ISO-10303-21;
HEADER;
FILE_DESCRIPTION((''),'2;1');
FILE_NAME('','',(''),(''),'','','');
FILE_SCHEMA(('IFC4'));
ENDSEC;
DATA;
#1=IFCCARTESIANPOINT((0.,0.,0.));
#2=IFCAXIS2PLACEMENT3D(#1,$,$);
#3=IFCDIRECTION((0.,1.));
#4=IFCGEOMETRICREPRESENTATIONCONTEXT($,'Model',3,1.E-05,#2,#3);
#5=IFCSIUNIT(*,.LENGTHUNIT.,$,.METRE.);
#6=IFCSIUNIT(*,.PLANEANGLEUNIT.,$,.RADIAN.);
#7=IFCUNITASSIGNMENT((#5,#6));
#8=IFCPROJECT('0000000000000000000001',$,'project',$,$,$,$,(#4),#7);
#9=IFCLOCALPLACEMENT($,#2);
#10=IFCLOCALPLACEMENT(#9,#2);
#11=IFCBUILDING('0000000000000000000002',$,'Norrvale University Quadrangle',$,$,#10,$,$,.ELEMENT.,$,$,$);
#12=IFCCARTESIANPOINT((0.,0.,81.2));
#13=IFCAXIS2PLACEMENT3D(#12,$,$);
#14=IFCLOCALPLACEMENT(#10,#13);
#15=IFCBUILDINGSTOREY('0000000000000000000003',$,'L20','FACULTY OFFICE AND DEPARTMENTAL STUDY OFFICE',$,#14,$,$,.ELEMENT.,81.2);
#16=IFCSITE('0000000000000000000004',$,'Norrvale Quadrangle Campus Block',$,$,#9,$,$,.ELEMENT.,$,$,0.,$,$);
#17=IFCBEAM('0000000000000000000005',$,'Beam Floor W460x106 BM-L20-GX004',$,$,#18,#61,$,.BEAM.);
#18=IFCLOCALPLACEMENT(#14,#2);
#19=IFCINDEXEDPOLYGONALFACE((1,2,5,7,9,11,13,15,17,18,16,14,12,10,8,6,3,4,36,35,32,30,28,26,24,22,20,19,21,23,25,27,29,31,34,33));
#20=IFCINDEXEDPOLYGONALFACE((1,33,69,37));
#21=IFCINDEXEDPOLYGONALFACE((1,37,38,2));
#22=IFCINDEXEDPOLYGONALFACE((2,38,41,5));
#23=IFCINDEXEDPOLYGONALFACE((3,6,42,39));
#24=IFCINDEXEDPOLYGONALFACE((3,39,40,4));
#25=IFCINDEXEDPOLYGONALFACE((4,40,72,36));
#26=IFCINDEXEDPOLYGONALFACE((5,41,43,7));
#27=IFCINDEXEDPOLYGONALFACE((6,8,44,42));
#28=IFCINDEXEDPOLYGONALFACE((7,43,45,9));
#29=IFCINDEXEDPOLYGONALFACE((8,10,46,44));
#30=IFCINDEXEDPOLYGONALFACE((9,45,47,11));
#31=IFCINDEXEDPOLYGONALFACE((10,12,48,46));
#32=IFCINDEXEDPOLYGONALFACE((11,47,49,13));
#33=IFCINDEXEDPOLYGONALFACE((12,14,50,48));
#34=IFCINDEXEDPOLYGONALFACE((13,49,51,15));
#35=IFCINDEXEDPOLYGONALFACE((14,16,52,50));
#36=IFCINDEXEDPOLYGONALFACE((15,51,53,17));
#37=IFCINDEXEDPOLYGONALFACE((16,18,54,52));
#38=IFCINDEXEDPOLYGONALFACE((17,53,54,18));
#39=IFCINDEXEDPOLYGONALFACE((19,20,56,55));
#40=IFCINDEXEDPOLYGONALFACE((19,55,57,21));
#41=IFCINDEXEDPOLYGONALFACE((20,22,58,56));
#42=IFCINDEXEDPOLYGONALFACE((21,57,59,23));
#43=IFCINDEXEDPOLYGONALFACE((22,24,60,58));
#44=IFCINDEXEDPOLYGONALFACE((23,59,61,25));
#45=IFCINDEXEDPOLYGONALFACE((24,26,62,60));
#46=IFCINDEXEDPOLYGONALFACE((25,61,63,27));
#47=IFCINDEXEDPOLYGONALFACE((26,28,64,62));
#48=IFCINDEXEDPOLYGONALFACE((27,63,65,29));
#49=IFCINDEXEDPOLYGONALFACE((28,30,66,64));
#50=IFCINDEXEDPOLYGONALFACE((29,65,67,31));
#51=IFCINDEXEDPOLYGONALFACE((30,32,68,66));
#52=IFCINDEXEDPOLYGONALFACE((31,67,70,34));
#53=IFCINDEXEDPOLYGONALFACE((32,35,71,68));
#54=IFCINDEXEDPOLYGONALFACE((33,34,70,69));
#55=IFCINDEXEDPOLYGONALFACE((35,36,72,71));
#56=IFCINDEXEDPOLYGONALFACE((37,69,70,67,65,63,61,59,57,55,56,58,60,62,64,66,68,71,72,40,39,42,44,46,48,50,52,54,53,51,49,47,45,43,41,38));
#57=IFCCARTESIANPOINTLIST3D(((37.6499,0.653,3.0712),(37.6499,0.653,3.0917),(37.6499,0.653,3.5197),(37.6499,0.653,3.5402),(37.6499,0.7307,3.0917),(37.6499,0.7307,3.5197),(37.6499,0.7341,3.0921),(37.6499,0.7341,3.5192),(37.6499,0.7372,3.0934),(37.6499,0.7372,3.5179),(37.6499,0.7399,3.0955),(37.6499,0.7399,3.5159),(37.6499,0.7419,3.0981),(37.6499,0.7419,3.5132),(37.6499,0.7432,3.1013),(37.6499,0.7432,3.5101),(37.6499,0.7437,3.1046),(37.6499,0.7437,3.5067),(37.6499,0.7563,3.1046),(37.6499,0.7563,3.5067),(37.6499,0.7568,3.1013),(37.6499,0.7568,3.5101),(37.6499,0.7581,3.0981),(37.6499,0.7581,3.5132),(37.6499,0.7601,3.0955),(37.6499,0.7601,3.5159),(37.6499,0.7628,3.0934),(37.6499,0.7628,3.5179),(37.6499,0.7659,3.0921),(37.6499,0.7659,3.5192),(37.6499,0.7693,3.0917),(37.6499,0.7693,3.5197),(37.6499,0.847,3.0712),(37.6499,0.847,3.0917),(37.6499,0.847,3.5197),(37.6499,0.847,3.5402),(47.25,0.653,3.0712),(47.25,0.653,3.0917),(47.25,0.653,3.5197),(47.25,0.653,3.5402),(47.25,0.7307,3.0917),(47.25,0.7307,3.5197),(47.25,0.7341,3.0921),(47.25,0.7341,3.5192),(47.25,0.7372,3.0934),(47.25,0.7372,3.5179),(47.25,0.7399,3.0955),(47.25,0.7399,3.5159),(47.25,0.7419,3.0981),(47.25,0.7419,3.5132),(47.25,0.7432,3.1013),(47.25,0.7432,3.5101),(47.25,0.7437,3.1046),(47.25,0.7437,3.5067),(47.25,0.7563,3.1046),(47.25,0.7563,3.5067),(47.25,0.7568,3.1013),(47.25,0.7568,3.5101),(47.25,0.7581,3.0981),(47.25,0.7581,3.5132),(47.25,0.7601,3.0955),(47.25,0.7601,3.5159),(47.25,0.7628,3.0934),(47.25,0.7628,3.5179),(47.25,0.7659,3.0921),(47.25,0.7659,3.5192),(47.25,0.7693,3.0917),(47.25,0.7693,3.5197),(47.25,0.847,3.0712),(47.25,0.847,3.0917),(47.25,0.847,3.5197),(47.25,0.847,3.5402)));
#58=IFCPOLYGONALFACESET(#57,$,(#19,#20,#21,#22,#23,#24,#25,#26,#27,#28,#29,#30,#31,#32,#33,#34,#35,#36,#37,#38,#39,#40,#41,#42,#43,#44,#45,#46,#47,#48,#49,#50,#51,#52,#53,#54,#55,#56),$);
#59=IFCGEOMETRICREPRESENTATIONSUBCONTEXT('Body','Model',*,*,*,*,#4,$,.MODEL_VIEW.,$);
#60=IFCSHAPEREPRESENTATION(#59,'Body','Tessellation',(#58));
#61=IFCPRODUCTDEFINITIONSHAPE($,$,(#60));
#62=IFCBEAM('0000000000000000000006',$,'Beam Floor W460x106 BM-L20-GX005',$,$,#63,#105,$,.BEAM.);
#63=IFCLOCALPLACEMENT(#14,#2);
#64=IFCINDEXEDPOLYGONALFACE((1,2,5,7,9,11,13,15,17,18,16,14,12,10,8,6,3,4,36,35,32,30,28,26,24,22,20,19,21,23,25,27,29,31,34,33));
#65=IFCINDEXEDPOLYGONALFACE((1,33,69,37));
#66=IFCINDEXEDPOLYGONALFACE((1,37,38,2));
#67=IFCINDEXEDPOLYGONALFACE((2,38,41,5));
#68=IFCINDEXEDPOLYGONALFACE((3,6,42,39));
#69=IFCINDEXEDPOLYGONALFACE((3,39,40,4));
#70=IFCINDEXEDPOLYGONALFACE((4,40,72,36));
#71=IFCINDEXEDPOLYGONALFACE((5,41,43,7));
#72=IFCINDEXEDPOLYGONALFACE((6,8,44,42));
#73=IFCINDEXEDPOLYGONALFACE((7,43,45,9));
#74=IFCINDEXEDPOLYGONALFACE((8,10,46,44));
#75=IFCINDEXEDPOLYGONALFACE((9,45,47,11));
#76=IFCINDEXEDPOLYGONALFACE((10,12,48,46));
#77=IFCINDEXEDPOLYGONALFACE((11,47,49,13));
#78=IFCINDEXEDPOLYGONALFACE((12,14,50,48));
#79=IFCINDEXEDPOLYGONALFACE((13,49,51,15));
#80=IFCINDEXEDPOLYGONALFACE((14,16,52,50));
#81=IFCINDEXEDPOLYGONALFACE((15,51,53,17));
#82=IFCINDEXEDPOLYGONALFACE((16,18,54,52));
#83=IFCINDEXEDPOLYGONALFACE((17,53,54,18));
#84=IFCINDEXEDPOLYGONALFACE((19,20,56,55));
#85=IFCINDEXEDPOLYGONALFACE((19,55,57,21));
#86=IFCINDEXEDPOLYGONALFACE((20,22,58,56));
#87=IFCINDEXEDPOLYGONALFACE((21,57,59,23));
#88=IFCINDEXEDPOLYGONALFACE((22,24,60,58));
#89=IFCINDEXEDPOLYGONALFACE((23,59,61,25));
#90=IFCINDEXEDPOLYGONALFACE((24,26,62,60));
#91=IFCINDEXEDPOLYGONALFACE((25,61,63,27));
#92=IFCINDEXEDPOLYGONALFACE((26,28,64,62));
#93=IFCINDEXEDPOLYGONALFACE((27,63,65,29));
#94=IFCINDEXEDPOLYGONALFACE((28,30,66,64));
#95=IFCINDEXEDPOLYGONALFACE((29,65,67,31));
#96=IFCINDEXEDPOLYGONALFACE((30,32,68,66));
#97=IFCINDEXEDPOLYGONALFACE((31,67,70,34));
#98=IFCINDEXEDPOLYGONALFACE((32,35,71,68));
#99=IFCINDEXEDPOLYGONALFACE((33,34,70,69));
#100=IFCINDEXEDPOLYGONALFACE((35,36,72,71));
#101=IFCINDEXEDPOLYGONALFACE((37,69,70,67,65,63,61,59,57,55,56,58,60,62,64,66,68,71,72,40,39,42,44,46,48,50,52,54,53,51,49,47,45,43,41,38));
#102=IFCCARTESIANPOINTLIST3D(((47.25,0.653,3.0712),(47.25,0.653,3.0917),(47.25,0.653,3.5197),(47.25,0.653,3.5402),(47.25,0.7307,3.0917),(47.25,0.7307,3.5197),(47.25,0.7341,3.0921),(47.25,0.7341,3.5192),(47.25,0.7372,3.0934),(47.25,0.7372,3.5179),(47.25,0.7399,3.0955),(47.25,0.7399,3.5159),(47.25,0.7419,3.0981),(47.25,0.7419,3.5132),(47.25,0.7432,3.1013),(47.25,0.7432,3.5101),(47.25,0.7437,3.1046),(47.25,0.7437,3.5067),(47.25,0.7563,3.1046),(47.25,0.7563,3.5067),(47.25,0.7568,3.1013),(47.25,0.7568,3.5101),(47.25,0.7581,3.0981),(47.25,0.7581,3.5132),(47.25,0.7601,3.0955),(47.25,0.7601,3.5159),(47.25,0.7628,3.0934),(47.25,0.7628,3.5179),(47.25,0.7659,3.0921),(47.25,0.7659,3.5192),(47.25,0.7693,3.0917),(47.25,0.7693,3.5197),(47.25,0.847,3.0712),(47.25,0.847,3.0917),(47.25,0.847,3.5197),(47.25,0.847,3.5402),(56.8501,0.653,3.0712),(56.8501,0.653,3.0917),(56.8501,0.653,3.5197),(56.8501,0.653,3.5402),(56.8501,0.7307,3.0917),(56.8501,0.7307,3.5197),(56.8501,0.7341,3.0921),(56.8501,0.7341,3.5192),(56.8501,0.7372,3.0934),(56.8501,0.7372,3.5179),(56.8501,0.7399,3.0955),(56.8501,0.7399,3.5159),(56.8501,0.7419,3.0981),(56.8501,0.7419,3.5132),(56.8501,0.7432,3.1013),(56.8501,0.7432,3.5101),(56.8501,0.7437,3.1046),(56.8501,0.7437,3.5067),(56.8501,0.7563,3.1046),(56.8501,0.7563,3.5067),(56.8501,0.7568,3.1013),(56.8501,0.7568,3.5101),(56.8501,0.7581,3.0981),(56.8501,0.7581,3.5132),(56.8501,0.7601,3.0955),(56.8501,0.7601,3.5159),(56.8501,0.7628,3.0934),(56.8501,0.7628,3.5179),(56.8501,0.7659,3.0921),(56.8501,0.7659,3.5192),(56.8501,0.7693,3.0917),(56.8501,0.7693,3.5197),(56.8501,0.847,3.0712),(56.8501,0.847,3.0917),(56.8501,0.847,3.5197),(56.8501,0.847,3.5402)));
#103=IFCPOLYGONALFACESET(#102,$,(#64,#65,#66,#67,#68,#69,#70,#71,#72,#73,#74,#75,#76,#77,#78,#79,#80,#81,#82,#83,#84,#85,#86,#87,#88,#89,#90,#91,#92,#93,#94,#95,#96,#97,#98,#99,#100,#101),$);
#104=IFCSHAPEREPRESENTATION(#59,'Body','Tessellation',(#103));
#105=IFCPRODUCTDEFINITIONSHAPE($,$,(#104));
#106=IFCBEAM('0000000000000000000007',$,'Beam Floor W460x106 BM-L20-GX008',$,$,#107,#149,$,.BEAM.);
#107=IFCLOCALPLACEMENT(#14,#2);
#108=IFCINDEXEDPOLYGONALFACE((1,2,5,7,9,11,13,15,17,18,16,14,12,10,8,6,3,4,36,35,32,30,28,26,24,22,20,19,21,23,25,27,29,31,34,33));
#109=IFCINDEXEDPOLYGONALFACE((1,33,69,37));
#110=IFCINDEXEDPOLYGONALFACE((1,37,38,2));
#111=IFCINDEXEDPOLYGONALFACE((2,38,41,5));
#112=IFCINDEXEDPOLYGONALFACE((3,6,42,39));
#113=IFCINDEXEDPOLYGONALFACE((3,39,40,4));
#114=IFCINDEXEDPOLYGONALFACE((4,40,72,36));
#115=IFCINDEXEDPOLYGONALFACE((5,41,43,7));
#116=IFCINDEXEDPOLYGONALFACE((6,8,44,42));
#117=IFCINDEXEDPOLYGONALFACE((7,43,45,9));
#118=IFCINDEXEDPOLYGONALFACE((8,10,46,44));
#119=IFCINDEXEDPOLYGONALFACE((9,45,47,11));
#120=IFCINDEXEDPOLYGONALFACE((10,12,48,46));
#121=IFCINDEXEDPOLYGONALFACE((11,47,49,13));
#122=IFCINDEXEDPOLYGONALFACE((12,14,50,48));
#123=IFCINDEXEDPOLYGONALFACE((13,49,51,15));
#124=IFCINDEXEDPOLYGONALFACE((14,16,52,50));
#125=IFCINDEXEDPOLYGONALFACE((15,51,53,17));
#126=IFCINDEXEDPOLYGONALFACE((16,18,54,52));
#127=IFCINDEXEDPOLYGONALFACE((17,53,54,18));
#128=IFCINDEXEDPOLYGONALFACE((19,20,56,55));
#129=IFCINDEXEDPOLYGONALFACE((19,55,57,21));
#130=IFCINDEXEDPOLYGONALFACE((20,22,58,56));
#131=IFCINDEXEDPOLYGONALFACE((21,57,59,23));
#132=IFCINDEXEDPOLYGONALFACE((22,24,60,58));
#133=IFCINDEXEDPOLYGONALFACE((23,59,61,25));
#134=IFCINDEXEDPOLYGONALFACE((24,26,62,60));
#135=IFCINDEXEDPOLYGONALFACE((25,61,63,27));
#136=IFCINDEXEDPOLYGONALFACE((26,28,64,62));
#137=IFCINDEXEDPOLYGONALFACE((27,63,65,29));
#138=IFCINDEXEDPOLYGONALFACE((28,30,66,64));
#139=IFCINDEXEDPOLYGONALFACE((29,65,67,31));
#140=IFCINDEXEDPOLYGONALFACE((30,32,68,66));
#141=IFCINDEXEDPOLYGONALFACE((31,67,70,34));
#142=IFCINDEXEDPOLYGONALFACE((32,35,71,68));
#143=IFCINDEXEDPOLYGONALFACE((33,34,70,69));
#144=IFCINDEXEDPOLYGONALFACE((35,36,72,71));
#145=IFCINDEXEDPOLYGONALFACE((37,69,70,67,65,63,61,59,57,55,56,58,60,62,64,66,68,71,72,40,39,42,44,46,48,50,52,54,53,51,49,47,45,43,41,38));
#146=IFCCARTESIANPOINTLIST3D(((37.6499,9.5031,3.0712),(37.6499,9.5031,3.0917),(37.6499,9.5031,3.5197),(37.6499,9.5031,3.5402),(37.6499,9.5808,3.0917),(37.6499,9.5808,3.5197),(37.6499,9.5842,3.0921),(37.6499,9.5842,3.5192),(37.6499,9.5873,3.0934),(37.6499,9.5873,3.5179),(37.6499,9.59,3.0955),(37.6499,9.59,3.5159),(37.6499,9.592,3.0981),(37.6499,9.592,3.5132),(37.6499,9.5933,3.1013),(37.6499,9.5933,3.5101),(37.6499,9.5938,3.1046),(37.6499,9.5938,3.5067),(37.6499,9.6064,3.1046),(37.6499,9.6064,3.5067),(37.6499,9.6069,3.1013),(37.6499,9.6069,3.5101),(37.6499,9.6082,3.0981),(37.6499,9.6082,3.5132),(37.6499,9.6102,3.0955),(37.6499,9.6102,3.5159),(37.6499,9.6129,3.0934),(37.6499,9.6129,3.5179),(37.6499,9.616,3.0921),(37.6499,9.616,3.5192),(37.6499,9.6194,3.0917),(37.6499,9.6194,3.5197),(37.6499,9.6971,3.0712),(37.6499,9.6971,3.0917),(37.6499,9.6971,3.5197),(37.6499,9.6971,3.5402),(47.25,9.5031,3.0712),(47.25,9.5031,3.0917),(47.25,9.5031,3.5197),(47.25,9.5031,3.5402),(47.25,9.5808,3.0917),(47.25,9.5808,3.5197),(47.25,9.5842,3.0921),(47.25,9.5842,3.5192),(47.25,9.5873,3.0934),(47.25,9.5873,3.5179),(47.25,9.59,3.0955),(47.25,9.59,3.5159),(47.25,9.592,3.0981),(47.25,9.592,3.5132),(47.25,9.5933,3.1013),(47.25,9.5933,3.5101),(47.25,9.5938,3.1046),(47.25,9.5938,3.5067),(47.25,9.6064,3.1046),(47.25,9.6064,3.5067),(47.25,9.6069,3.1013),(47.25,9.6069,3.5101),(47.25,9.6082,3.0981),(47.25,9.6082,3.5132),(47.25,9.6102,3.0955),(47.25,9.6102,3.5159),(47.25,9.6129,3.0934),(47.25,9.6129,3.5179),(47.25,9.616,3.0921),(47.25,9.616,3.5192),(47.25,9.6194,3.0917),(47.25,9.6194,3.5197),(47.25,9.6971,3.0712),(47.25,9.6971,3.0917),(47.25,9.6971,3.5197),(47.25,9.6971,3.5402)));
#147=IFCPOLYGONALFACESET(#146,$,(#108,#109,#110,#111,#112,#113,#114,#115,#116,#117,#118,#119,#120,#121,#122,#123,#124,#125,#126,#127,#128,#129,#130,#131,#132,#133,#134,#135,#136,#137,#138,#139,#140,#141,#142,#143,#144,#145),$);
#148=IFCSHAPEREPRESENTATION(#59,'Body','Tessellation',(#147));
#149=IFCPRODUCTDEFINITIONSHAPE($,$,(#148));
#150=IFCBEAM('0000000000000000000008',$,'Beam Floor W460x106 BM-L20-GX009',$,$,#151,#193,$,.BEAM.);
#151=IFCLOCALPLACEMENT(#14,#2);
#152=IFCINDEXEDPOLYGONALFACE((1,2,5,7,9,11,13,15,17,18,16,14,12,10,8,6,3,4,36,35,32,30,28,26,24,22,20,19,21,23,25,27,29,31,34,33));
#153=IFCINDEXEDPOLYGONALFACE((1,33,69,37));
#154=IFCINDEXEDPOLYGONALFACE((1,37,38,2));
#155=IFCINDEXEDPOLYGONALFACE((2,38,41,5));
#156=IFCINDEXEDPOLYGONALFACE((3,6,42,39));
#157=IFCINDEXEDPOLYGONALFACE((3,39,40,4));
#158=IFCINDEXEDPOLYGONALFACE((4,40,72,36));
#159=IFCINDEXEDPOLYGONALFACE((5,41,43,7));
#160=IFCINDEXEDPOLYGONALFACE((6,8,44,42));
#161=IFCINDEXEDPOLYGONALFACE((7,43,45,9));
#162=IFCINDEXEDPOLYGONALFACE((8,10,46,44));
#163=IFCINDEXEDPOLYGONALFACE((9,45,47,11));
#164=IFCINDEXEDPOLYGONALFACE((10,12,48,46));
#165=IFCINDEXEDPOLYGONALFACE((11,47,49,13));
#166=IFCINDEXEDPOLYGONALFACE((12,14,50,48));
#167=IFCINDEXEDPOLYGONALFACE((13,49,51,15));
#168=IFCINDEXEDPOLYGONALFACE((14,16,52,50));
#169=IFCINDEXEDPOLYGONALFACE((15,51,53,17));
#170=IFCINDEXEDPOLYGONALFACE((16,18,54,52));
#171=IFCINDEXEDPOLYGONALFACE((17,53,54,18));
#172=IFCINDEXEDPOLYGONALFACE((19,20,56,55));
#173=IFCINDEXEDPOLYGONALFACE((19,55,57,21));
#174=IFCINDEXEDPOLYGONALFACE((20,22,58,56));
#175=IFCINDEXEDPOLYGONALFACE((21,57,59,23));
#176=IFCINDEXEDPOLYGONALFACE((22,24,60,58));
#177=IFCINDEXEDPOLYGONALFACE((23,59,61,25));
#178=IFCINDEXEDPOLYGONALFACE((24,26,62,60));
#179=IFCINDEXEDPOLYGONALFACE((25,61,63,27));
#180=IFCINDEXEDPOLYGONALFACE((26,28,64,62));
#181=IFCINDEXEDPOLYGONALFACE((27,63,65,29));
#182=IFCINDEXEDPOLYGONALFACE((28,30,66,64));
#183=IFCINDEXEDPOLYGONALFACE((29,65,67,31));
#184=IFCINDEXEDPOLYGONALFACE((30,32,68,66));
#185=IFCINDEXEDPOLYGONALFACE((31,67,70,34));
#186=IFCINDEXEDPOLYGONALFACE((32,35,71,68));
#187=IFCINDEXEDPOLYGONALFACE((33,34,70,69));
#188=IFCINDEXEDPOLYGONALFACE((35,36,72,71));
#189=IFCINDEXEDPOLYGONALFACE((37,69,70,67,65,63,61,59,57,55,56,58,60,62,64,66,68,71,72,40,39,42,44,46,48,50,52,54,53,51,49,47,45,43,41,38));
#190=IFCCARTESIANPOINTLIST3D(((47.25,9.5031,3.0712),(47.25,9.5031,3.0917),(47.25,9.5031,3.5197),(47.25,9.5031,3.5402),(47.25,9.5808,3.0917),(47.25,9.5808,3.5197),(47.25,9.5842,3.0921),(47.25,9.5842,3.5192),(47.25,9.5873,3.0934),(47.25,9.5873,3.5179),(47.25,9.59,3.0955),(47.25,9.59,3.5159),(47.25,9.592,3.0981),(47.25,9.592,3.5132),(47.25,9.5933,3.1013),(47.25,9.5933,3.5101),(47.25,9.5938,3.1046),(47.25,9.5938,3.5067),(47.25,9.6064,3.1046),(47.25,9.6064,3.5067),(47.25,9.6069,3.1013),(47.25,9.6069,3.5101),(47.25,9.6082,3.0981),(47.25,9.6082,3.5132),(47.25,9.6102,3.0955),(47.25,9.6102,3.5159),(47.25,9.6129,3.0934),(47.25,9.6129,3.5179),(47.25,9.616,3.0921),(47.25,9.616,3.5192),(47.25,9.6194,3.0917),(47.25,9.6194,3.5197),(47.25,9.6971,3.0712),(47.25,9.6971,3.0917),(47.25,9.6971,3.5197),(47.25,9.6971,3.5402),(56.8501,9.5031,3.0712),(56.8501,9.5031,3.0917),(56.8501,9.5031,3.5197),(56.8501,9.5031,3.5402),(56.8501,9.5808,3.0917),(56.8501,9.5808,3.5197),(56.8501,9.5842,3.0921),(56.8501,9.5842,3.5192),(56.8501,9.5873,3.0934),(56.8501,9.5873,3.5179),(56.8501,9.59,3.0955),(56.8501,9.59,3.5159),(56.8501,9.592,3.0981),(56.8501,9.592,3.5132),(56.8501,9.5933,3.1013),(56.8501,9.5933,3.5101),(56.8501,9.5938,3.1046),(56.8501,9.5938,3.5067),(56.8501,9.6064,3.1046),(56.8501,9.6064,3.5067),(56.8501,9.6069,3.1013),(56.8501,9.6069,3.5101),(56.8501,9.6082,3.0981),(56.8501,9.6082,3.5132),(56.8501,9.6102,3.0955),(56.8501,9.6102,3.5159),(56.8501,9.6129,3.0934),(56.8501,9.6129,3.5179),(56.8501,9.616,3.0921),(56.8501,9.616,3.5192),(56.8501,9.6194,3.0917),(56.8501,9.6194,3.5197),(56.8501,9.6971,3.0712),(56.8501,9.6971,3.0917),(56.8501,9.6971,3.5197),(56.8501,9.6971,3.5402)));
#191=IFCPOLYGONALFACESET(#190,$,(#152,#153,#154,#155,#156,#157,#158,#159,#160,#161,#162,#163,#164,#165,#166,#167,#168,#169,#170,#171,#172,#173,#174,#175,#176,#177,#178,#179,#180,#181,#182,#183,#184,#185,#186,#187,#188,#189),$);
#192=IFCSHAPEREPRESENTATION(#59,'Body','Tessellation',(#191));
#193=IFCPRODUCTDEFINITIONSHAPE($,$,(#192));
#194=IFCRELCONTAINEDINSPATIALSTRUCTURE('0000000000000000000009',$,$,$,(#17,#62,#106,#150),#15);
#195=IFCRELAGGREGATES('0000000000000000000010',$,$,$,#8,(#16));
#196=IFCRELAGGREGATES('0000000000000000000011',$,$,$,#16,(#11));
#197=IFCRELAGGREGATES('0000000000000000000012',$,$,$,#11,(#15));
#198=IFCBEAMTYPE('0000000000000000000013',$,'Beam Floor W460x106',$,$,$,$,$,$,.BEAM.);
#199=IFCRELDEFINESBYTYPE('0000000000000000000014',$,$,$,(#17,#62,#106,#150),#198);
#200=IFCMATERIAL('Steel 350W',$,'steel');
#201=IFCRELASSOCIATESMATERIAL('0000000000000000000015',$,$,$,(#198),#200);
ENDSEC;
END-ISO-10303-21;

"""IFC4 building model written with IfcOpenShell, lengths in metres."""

from ifc_helpers import new_model, si_unit, direction, frame, origin, origin_2d, place, context, subcontext, project, spatial, i_section, extrude, material, material_profile, profile_set, type_object, element, save


model = new_model("IFC4")

# Units and contexts
model_context = context("Model", 3, precision=1e-05, world=origin(), true_north=direction((0.0, 1.0)))
body_context = subcontext(model_context, "Body", "Model", "MODEL_VIEW")
ifc_project = project(units=[si_unit("LENGTHUNIT", "METRE"), si_unit("PLANEANGLEUNIT", "RADIAN")], contexts=[model_context])

# Site, building, storey
site_placement = place(None, origin())
site = spatial("IfcSite", under=ifc_project, at=site_placement, Name="Norrvale Quadrangle Campus Block", CompositionType="ELEMENT", RefElevation=0.0)
building_placement = place(site_placement, origin())
building = spatial("IfcBuilding", under=site, at=building_placement, Name="Norrvale University Quadrangle", CompositionType="ELEMENT")
storey_placement = place(building_placement, frame((0.0, 0.0, 81.2)))
storey = spatial("IfcBuildingStorey", under=building, at=storey_placement, Name="L20", Description="FACULTY OFFICE AND DEPARTMENTAL STUDY OFFICE", CompositionType="ELEMENT", Elevation=81.2)

# Beams
ifc_material_1 = material(Name="Steel 350W", Category="steel")
ifc_material_profile_1 = material_profile(ifc_material_1, i_section(OverallWidth=0.1941, OverallDepth=0.469, WebThickness=0.0127, FlangeThickness=0.0205, FilletRadius=0.0129, at=origin_2d()), Name="Steel 350W")
ifc_profile_set_1 = profile_set([ifc_material_profile_1], Name="Steel 350W")
beam_type_1 = type_object("IfcBeamType", Name="Beam Floor W460x106", PredefinedType="BEAM", material=ifc_profile_set_1)
for number, where, z_axis, x_axis, name in (
    (1, (37.6499, 0.75, 3.3057), (1.0, 0.0, 0.0), (0.0, 1.0, 0.0), "Beam Floor W460x106 BM-L20-GX004"),
    (2, (47.25, 0.75, 3.3057), (1.0, 0.0, 0.0), (0.0, 1.0, 0.0), "Beam Floor W460x106 BM-L20-GX005"),
    (3, (37.6499, 9.6001, 3.3057), (1.0, 0.0, 0.0), (0.0, 1.0, 0.0), "Beam Floor W460x106 BM-L20-GX008"),
    (4, (47.25, 9.6001, 3.3057), (1.0, 0.0, 0.0), (0.0, 1.0, 0.0), "Beam Floor W460x106 BM-L20-GX009"),
):
    element("IfcBeam", number, at=place(storey_placement, frame(where, z_axis=z_axis, x_axis=x_axis)), inside=storey, type_object=beam_type_1, Name=name, PredefinedType="BEAM", context=body_context, shape_type="SweptSolid", body=[
        extrude(i_section(OverallWidth=0.1941, OverallDepth=0.469, WebThickness=0.0127, FlangeThickness=0.0205, FilletRadius=0.0129, at=origin_2d()), origin(), (0.0, 0.0, 1.0), 9.6001),
    ])

save(model, "model.ifc")
